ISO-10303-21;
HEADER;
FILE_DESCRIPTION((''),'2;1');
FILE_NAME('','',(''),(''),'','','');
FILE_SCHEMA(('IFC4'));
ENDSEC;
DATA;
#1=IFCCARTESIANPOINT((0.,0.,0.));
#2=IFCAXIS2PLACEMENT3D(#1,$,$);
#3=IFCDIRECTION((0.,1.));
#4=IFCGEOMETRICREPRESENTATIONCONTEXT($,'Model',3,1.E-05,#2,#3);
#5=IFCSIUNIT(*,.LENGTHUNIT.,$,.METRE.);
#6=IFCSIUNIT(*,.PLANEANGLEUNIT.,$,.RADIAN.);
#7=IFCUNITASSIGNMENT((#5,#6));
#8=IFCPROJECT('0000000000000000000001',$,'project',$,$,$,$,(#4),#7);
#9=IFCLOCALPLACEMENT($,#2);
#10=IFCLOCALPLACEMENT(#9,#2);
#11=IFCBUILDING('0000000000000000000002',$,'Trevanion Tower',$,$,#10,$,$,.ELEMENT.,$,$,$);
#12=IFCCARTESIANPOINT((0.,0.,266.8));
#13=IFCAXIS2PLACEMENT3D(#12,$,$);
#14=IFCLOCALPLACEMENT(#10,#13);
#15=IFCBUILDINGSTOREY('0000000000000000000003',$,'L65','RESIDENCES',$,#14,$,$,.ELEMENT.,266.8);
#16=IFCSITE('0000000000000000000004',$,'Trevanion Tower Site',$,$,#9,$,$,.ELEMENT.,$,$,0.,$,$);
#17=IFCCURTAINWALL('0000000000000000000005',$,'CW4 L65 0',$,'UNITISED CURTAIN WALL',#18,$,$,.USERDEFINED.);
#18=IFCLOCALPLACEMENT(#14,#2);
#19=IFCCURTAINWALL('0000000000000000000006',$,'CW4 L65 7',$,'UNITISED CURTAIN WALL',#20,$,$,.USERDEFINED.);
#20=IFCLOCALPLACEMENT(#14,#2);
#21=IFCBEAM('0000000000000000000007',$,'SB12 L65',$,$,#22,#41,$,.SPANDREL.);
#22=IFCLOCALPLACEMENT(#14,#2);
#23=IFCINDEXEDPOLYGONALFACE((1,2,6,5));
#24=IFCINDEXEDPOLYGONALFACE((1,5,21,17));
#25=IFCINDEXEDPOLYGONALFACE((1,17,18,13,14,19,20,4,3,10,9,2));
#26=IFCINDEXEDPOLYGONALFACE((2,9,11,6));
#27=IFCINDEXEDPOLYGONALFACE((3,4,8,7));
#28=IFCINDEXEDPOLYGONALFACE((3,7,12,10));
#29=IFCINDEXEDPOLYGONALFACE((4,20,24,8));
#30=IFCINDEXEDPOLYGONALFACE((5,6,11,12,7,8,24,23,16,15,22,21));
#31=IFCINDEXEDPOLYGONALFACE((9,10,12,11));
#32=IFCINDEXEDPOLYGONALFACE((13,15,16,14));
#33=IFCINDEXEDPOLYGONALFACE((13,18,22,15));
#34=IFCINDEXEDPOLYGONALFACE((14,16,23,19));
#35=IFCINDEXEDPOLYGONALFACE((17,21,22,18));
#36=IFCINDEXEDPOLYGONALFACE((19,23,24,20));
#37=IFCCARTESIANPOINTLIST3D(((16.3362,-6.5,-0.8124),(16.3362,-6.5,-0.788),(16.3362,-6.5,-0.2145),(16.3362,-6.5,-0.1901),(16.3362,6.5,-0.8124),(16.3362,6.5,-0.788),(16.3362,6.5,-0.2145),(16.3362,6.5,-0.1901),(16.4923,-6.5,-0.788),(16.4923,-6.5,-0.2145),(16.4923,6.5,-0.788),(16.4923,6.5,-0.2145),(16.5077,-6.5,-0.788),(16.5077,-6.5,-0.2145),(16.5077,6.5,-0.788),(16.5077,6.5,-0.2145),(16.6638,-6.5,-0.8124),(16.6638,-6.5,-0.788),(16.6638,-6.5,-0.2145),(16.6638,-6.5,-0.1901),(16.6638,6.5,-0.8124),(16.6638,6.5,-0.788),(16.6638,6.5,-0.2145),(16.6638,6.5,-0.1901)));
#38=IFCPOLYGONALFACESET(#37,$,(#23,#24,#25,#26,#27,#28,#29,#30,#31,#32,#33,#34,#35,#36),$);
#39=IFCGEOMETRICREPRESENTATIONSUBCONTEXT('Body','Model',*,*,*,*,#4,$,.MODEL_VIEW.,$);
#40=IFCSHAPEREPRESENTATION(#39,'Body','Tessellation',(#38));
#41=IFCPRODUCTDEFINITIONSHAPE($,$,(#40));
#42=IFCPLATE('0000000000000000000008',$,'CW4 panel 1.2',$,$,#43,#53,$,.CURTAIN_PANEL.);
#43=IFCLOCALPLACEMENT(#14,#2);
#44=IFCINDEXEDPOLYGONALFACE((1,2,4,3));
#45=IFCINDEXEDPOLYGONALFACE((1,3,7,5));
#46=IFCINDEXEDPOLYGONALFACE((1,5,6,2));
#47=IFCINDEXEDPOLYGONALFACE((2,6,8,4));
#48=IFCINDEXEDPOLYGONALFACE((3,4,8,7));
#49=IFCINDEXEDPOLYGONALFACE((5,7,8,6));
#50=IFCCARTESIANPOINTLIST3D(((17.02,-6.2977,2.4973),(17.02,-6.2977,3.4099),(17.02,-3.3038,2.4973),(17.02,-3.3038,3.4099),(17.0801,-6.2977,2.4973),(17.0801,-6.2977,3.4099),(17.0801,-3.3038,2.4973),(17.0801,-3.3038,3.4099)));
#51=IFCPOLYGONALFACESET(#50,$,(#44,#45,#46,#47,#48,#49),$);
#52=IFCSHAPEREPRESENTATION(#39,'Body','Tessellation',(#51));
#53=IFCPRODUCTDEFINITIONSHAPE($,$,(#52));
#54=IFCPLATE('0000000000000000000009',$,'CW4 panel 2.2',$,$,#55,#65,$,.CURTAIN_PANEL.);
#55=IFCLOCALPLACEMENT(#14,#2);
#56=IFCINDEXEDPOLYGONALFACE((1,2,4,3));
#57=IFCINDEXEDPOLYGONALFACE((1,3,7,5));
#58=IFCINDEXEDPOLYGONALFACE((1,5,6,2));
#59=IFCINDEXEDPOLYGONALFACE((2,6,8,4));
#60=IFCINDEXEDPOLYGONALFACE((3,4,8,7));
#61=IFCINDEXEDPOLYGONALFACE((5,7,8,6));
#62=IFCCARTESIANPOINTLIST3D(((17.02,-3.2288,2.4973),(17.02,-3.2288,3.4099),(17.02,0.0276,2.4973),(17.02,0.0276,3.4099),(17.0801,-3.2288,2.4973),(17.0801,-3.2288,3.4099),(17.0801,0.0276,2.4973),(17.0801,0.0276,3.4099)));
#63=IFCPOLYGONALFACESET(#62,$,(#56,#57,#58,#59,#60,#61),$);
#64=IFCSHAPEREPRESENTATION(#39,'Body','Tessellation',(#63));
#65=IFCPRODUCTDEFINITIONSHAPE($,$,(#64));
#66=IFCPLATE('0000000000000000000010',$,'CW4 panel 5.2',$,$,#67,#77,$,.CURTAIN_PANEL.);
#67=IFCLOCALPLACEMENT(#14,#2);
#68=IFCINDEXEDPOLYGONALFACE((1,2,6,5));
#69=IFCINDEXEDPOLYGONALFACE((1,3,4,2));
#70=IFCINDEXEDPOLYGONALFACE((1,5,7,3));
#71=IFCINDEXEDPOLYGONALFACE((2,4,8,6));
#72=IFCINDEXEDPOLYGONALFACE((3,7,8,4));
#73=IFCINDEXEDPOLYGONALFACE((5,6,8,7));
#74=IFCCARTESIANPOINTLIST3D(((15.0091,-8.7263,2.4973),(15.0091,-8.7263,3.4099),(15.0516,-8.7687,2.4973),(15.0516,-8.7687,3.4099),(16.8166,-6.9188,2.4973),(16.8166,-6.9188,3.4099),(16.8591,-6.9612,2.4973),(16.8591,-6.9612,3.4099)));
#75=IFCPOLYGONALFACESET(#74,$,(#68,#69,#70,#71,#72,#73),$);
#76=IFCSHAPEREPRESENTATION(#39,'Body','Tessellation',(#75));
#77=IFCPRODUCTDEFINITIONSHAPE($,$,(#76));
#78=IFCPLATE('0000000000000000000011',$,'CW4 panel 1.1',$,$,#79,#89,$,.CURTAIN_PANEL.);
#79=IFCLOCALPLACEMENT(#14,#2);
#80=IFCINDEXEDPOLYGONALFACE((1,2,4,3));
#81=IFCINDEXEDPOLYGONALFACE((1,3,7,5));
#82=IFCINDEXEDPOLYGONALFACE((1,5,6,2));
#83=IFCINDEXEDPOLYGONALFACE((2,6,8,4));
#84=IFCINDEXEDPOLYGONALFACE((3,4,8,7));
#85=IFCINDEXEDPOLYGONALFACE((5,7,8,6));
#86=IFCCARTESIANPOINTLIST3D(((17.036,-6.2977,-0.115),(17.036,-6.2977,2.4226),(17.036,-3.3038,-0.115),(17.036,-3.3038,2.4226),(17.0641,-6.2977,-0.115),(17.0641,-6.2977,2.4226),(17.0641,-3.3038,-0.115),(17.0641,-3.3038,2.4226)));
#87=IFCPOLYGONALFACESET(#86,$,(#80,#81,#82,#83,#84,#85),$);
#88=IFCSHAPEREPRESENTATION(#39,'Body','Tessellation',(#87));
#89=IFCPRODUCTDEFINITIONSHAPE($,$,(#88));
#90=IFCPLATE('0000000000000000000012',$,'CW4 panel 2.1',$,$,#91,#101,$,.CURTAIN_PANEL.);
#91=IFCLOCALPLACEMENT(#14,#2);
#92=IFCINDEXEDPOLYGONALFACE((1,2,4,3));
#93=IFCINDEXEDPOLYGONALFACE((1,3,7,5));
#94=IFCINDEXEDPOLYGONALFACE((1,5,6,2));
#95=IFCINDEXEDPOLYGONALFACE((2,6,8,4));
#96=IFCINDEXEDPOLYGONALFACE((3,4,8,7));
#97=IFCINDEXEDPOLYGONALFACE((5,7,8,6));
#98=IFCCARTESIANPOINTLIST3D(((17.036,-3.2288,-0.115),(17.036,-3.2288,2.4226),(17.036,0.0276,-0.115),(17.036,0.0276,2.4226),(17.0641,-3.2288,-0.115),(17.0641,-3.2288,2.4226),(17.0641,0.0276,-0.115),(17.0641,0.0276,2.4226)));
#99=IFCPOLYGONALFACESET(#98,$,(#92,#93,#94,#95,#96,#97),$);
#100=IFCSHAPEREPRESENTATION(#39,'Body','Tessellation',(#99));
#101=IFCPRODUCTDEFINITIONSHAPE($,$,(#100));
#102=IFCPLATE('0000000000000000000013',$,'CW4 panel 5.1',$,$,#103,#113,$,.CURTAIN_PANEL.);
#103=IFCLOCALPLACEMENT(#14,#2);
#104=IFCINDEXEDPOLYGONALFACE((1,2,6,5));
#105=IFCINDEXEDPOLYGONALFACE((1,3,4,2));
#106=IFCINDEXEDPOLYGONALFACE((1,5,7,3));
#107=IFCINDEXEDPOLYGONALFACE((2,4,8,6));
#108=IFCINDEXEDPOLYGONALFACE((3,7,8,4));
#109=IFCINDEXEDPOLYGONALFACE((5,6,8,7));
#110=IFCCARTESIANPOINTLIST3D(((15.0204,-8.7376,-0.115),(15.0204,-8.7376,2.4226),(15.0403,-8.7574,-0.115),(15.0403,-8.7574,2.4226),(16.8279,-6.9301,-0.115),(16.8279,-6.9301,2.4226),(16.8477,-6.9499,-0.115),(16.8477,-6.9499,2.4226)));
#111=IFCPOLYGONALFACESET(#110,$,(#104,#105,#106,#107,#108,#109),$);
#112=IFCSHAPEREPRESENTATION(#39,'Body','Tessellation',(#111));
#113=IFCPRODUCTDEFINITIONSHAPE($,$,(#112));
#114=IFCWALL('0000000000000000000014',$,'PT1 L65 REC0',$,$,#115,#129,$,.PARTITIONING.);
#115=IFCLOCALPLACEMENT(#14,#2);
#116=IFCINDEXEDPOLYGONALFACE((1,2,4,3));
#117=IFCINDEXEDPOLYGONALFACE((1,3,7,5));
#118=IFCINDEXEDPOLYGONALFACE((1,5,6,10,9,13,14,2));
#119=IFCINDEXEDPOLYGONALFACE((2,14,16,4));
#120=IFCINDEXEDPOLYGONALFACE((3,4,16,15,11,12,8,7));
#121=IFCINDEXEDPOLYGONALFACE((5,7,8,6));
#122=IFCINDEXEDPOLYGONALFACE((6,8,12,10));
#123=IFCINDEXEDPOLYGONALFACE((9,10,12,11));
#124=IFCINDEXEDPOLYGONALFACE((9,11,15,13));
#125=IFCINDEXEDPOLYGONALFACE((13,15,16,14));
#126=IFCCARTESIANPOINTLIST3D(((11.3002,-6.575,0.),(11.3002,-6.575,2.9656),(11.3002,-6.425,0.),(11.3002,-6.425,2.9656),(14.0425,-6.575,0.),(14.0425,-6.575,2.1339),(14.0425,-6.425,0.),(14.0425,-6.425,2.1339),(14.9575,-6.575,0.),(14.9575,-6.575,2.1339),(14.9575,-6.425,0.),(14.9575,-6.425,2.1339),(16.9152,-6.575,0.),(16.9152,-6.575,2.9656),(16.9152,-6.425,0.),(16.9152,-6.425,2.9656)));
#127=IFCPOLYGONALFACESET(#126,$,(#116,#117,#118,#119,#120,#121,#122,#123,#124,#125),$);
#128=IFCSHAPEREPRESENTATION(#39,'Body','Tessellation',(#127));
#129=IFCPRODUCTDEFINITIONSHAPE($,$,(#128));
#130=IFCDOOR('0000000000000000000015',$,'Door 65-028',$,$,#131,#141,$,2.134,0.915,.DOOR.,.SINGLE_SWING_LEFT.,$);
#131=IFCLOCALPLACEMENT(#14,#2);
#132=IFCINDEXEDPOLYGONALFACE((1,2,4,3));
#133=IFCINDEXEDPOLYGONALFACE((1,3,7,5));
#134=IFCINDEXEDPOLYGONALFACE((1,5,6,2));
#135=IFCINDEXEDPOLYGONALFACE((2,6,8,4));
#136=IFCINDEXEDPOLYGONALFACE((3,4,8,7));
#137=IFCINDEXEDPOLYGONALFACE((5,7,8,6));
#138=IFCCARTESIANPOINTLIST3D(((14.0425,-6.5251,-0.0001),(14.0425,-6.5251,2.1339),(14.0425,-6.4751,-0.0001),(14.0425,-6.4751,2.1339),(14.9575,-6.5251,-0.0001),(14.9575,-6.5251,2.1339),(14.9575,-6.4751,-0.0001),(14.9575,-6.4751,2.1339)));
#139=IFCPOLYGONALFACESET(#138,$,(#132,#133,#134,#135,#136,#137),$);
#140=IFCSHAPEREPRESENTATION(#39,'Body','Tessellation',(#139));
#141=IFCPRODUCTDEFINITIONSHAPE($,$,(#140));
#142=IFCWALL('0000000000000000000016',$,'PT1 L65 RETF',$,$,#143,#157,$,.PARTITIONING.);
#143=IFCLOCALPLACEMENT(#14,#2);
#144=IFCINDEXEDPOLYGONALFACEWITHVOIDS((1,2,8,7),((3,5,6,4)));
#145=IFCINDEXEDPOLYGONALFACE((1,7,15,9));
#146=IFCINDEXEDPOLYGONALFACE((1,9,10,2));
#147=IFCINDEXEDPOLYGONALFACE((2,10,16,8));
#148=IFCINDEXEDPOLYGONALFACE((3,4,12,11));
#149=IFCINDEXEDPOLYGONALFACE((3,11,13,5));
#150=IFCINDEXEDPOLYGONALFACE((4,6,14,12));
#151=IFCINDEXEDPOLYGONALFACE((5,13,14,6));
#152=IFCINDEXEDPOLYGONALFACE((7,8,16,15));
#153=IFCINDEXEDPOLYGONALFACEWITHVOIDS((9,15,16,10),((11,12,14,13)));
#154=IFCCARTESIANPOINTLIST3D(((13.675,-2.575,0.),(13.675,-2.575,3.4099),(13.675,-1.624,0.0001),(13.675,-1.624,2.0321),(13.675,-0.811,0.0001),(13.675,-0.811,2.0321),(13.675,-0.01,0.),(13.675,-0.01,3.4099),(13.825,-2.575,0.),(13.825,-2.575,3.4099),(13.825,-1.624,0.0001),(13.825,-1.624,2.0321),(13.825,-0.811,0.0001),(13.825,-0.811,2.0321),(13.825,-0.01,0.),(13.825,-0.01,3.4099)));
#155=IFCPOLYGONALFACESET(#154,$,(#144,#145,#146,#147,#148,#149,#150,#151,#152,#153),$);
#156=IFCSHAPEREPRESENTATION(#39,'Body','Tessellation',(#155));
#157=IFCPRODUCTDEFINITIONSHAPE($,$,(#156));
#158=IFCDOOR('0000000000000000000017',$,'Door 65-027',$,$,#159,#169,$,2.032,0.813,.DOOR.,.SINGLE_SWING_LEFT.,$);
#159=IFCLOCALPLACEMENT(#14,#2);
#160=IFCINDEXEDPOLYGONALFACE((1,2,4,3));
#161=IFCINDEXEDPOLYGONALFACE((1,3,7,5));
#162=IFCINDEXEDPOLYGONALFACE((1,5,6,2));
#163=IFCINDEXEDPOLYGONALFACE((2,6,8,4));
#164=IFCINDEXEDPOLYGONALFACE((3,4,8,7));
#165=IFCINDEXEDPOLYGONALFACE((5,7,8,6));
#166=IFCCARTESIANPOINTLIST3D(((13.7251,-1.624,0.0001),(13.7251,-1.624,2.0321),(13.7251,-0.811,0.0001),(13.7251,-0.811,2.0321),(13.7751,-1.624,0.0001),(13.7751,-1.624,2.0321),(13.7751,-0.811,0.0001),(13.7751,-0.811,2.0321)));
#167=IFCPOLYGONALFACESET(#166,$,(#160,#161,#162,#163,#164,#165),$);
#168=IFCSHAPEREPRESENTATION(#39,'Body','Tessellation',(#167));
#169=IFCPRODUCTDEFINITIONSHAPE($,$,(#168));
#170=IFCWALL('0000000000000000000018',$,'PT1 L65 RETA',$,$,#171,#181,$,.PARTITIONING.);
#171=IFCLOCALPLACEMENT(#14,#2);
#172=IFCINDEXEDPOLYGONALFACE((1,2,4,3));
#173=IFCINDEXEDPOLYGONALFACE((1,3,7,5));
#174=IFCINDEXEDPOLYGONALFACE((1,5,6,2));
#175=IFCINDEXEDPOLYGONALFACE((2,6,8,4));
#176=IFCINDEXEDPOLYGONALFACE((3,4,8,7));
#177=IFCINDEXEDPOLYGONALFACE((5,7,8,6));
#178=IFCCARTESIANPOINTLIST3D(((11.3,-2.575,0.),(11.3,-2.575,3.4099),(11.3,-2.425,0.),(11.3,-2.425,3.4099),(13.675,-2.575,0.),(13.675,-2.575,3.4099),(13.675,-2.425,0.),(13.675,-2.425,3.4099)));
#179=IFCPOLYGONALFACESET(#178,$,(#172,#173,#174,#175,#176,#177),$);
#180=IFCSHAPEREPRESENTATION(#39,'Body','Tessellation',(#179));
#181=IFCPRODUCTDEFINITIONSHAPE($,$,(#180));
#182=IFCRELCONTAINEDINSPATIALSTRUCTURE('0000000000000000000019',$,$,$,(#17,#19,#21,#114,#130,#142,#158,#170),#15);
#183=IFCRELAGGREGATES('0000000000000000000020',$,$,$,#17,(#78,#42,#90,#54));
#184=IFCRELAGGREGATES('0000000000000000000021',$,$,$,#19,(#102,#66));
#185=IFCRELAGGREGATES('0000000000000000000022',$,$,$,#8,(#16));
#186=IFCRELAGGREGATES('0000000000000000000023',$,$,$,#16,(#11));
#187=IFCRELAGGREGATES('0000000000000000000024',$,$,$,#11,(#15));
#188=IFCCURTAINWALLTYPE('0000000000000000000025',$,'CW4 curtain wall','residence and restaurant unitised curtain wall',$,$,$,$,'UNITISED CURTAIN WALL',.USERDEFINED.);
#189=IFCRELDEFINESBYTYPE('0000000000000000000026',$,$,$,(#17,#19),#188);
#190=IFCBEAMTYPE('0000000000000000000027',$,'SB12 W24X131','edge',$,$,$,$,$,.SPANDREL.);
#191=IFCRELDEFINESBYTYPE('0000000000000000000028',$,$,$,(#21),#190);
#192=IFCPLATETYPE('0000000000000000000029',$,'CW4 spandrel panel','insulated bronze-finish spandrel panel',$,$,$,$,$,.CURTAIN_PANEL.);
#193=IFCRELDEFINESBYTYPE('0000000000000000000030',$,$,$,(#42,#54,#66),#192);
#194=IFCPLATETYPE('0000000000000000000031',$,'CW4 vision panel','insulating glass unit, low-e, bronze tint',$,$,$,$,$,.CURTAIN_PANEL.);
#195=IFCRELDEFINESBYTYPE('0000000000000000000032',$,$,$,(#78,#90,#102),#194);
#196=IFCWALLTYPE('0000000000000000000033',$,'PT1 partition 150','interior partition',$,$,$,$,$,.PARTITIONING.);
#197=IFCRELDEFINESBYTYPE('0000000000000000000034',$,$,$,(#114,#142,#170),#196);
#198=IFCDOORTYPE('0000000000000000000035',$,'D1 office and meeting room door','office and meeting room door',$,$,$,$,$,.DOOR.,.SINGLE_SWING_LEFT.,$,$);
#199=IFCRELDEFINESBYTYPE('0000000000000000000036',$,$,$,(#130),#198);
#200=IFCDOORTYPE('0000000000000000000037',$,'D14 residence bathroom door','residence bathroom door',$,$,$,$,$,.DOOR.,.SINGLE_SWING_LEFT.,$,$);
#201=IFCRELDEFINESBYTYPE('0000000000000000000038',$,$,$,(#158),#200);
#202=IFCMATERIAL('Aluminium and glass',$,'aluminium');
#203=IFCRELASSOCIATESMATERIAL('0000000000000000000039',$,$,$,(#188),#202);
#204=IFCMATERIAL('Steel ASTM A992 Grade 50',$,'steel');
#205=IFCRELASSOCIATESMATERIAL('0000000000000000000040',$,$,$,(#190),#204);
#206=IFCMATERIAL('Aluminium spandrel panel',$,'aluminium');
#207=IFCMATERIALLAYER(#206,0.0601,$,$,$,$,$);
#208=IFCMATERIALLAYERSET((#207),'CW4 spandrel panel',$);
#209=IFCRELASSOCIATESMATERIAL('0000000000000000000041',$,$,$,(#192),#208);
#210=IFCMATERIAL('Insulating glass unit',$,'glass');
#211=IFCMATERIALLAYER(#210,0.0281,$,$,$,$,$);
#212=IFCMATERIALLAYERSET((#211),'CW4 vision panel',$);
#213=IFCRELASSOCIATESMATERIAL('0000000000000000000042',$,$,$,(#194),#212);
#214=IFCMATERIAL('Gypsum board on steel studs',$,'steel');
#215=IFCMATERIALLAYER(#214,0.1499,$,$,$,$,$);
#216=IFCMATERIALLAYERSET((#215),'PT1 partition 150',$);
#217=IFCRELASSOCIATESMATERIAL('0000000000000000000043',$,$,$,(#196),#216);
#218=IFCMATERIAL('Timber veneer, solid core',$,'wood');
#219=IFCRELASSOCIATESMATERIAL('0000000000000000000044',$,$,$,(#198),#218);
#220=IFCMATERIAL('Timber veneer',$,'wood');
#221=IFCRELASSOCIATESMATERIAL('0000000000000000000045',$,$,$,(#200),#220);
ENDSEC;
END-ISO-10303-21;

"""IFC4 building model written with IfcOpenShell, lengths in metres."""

from ifc_helpers import new_model, si_unit, direction, frame, frame_2d, origin, origin_2d, place, context, subcontext, project, spatial, rectangle, i_section, extrude, material, layer, layer_set, material_profile, profile_set, type_object, element, fill, aggregate, save


model = new_model("IFC4")

# Units and contexts
model_context = context("Model", 3, precision=1e-05, world=origin(), true_north=direction((0.0, 1.0)))
body_context = subcontext(model_context, "Body", "Model", "MODEL_VIEW")
ifc_project = project(units=[si_unit("LENGTHUNIT", "METRE"), si_unit("PLANEANGLEUNIT", "RADIAN")], contexts=[model_context])

# Site, building, storey
site_placement = place(None, origin())
site = spatial("IfcSite", under=ifc_project, at=site_placement, Name="Trevanion Tower Site", CompositionType="ELEMENT", RefElevation=0.0)
building_placement = place(site_placement, origin())
building = spatial("IfcBuilding", under=site, at=building_placement, Name="Trevanion Tower", CompositionType="ELEMENT")
storey_placement = place(building_placement, frame((0.0, 0.0, 266.8)))
storey = spatial("IfcBuildingStorey", under=building, at=storey_placement, Name="L65", Description="RESIDENCES", CompositionType="ELEMENT", Elevation=266.8)

# Curtain wall
ifc_material_1 = material(Name="Aluminium and glass", Category="aluminium")
curtain_wall_type = type_object("IfcCurtainWallType", Name="CW4 curtain wall", Description="residence and restaurant unitised curtain wall", ElementType="UNITISED CURTAIN WALL", PredefinedType="USERDEFINED", material=ifc_material_1)
curtain_wall_1_placement = place(storey_placement, origin())
curtain_wall_1 = element("IfcCurtainWall", 1, at=curtain_wall_1_placement, inside=storey, type_object=curtain_wall_type, Name="CW4 L65 0", ObjectType="UNITISED CURTAIN WALL", PredefinedType="USERDEFINED")

# Curtain wall
curtain_wall_2_placement = place(storey_placement, origin())
curtain_wall_2 = element("IfcCurtainWall", 2, at=curtain_wall_2_placement, inside=storey, type_object=curtain_wall_type, Name="CW4 L65 7", ObjectType="UNITISED CURTAIN WALL", PredefinedType="USERDEFINED")

# Beam
ifc_material_2 = material(Name="Steel ASTM A992 Grade 50", Category="steel")
ifc_material_profile_1 = material_profile(ifc_material_2, i_section(OverallWidth=0.3276, OverallDepth=0.6223, WebThickness=0.0154, FlangeThickness=0.0244, at=origin_2d()), Name="W24X131")
ifc_profile_set_1 = profile_set([ifc_material_profile_1], Name="Steel ASTM A992 Grade 50")
beam_type_1 = type_object("IfcBeamType", Name="SB12 W24X131", Description="edge", PredefinedType="SPANDREL", material=ifc_profile_set_1)
beam_1_placement = place(storey_placement, frame((16.5, -6.5, -0.5012), z_axis=(0.0, 1.0, 0.0), x_axis=(-1.0, 0.0, 0.0)))
element("IfcBeam", 3, at=beam_1_placement, inside=storey, type_object=beam_type_1, Name="SB12 L65", PredefinedType="SPANDREL", context=body_context, shape_type="SweptSolid", body=[
    extrude(i_section(OverallWidth=0.3276, OverallDepth=0.6223, WebThickness=0.0154, FlangeThickness=0.0244, at=origin_2d()), origin(), (0.0, 0.0, 1.0), 13.0),
])

# Plates
ifc_material_3 = material(Name="Aluminium spandrel panel", Category="aluminium")
ifc_layer_1 = layer(ifc_material_3, 0.0601)
ifc_layer_set_1 = layer_set([ifc_layer_1], Name="CW4 spandrel panel")
plate_type_1 = type_object("IfcPlateType", Name="CW4 spandrel panel", Description="insulated bronze-finish spandrel panel", PredefinedType="CURTAIN_PANEL", material=ifc_layer_set_1)
plate_1_placement = place(storey_placement, frame((17.05, -4.8008, 2.4973), z_axis=(0.0, 0.0, 1.0), x_axis=(0.0, 1.0, 0.0)))
plate_1 = element("IfcPlate", 4, at=plate_1_placement, type_object=plate_type_1, Name="CW4 panel 1.2", PredefinedType="CURTAIN_PANEL", context=body_context, shape_type="SweptSolid", body=[
    extrude(rectangle(XDim=2.9939, YDim=0.0601, at=origin_2d()), origin(), (0.0, 0.0, 1.0), 0.9126),
])
plate_2_placement = place(storey_placement, frame((17.05, -1.6006, 2.4973), z_axis=(0.0, 0.0, 1.0), x_axis=(0.0, 1.0, 0.0)))
plate_2 = element("IfcPlate", 5, at=plate_2_placement, type_object=plate_type_1, Name="CW4 panel 2.2", PredefinedType="CURTAIN_PANEL", context=body_context, shape_type="SweptSolid", body=[
    extrude(rectangle(XDim=3.2563, YDim=0.0601, at=origin_2d()), origin(), (0.0, 0.0, 1.0), 0.9126),
])
plate_3_placement = place(storey_placement, frame((15.9341, -7.8438, 2.4973), z_axis=(0.0, 0.0, 1.0), x_axis=(0.707107, 0.707107, 0.0)))
plate_3 = element("IfcPlate", 6, at=plate_3_placement, type_object=plate_type_1, Name="CW4 panel 5.2", PredefinedType="CURTAIN_PANEL", context=body_context, shape_type="SweptSolid", body=[
    extrude(rectangle(XDim=2.5562, YDim=0.0601, at=origin_2d()), origin(), (0.0, 0.0, 1.0), 0.9126),
])
ifc_material_4 = material(Name="Insulating glass unit", Category="glass")
ifc_layer_2 = layer(ifc_material_4, 0.0281)
ifc_layer_set_2 = layer_set([ifc_layer_2], Name="CW4 vision panel")
plate_type_2 = type_object("IfcPlateType", Name="CW4 vision panel", Description="insulating glass unit, low-e, bronze tint", PredefinedType="CURTAIN_PANEL", material=ifc_layer_set_2)
plate_4_placement = place(storey_placement, frame((17.05, -4.8008, -0.115), z_axis=(0.0, 0.0, 1.0), x_axis=(0.0, 1.0, 0.0)))
plate_4 = element("IfcPlate", 7, at=plate_4_placement, type_object=plate_type_2, Name="CW4 panel 1.1", PredefinedType="CURTAIN_PANEL", context=body_context, shape_type="SweptSolid", body=[
    extrude(rectangle(XDim=2.9939, YDim=0.0281, at=origin_2d()), origin(), (0.0, 0.0, 1.0), 2.5376),
])
plate_5_placement = place(storey_placement, frame((17.05, -1.6006, -0.115), z_axis=(0.0, 0.0, 1.0), x_axis=(0.0, 1.0, 0.0)))
plate_5 = element("IfcPlate", 8, at=plate_5_placement, type_object=plate_type_2, Name="CW4 panel 2.1", PredefinedType="CURTAIN_PANEL", context=body_context, shape_type="SweptSolid", body=[
    extrude(rectangle(XDim=3.2563, YDim=0.0281, at=origin_2d()), origin(), (0.0, 0.0, 1.0), 2.5376),
])
aggregate(curtain_wall_1, [plate_4, plate_1, plate_5, plate_2])
plate_6_placement = place(storey_placement, frame((15.9341, -7.8438, -0.115), z_axis=(0.0, 0.0, 1.0), x_axis=(0.707107, 0.707107, 0.0)))
plate_6 = element("IfcPlate", 9, at=plate_6_placement, type_object=plate_type_2, Name="CW4 panel 5.1", PredefinedType="CURTAIN_PANEL", context=body_context, shape_type="SweptSolid", body=[
    extrude(rectangle(XDim=2.5562, YDim=0.0281, at=origin_2d()), origin(), (0.0, 0.0, 1.0), 2.5376),
])
aggregate(curtain_wall_2, [plate_6, plate_3])

# Walls, openings, doors
ifc_material_5 = material(Name="Gypsum board on steel studs", Category="steel")
ifc_layer_3 = layer(ifc_material_5, 0.1499)
ifc_layer_set_3 = layer_set([ifc_layer_3], Name="PT1 partition 150")
wall_type = type_object("IfcWallType", Name="PT1 partition 150", Description="interior partition", PredefinedType="PARTITIONING", material=ifc_layer_set_3)
wall_1_placement = place(storey_placement, frame((11.3, -6.5, 0.0), z_axis=(0.0, 0.0, 1.0), x_axis=(1.0, 0.0, 0.0)))
wall_1 = element("IfcWall", 10, at=wall_1_placement, inside=storey, type_object=wall_type, Name="PT1 L65 REC0", PredefinedType="PARTITIONING", context=body_context, shape_type="SweptSolid", body=[
    extrude(rectangle(XDim=5.615, YDim=0.1499, at=frame_2d((2.8076, 0.0))), origin(), (0.0, 0.0, 1.0), 2.9656),
])
opening_1_placement = place(wall_1_placement, frame((2.7424, 0.0, 0.0)))
opening_1 = element("IfcOpeningElement", 11, at=opening_1_placement, cuts=wall_1, PredefinedType="OPENING", context=body_context, shape_type="SweptSolid", body=[
    extrude(rectangle(XDim=0.915, YDim=2.134, at=frame_2d((0.4575, 1.0669))), frame((0.0, 0.085, 0.0), z_axis=(0.0, -1.0, 0.0), x_axis=(1.0, 0.0, 0.0)), (0.0, 0.0, 1.0), 0.1699),
])
ifc_material_6 = material(Name="Timber veneer, solid core", Category="wood")
door_type_1 = type_object("IfcDoorType", Name="D1 office and meeting room door", Description="office and meeting room door", OperationType="SINGLE_SWING_LEFT", PredefinedType="DOOR", material=ifc_material_6)
door_1_placement = place(opening_1_placement, origin())
door_1 = element("IfcDoor", 12, at=door_1_placement, inside=storey, type_object=door_type_1, Name="Door 65-028", OperationType="SINGLE_SWING_LEFT", OverallHeight=2.134, OverallWidth=0.915, PredefinedType="DOOR", context=body_context, shape_type="SweptSolid", body=[
    extrude(rectangle(XDim=0.915, YDim=2.134, at=frame_2d((0.4575, 1.0669))), frame((0.0, 0.0249, 0.0), z_axis=(0.0, -1.0, 0.0), x_axis=(1.0, 0.0, 0.0)), (0.0, 0.0, 1.0), 0.05),
])
fill(opening_1, door_1)
wall_2_placement = place(storey_placement, frame((13.75, -2.575, 0.0), z_axis=(0.0, 0.0, 1.0), x_axis=(0.0, 1.0, 0.0)))
wall_2 = element("IfcWall", 13, at=wall_2_placement, inside=storey, type_object=wall_type, Name="PT1 L65 RETF", PredefinedType="PARTITIONING", context=body_context, shape_type="SweptSolid", body=[
    extrude(rectangle(XDim=2.5649, YDim=0.1499, at=frame_2d((1.2825, 0.0))), origin(), (0.0, 0.0, 1.0), 3.4099),
])
opening_2_placement = place(wall_2_placement, frame((0.9509, 0.0, 0.0)))
opening_2 = element("IfcOpeningElement", 14, at=opening_2_placement, cuts=wall_2, PredefinedType="OPENING", context=body_context, shape_type="SweptSolid", body=[
    extrude(rectangle(XDim=0.813, YDim=2.032, at=frame_2d((0.4065, 1.0161))), frame((0.0, 0.085, 0.0), z_axis=(0.0, -1.0, 0.0), x_axis=(1.0, 0.0, 0.0)), (0.0, 0.0, 1.0), 0.1699),
])
ifc_material_7 = material(Name="Timber veneer", Category="wood")
door_type_2 = type_object("IfcDoorType", Name="D14 residence bathroom door", Description="residence bathroom door", OperationType="SINGLE_SWING_LEFT", PredefinedType="DOOR", material=ifc_material_7)
door_2_placement = place(opening_2_placement, origin())
door_2 = element("IfcDoor", 15, at=door_2_placement, inside=storey, type_object=door_type_2, Name="Door 65-027", OperationType="SINGLE_SWING_LEFT", OverallHeight=2.032, OverallWidth=0.813, PredefinedType="DOOR", context=body_context, shape_type="SweptSolid", body=[
    extrude(rectangle(XDim=0.813, YDim=2.032, at=frame_2d((0.4065, 1.0161))), frame((0.0, 0.0249, 0.0), z_axis=(0.0, -1.0, 0.0), x_axis=(1.0, 0.0, 0.0)), (0.0, 0.0, 1.0), 0.05),
])
fill(opening_2, door_2)

# Wall
wall_3_placement = place(storey_placement, frame((11.3, -2.5, 0.0), z_axis=(0.0, 0.0, 1.0), x_axis=(1.0, 0.0, 0.0)))
element("IfcWall", 16, at=wall_3_placement, inside=storey, type_object=wall_type, Name="PT1 L65 RETA", PredefinedType="PARTITIONING", context=body_context, shape_type="SweptSolid", body=[
    extrude(rectangle(XDim=2.375, YDim=0.1499, at=frame_2d((1.1875, 0.0))), origin(), (0.0, 0.0, 1.0), 3.4099),
])

save(model, "model.ifc")
